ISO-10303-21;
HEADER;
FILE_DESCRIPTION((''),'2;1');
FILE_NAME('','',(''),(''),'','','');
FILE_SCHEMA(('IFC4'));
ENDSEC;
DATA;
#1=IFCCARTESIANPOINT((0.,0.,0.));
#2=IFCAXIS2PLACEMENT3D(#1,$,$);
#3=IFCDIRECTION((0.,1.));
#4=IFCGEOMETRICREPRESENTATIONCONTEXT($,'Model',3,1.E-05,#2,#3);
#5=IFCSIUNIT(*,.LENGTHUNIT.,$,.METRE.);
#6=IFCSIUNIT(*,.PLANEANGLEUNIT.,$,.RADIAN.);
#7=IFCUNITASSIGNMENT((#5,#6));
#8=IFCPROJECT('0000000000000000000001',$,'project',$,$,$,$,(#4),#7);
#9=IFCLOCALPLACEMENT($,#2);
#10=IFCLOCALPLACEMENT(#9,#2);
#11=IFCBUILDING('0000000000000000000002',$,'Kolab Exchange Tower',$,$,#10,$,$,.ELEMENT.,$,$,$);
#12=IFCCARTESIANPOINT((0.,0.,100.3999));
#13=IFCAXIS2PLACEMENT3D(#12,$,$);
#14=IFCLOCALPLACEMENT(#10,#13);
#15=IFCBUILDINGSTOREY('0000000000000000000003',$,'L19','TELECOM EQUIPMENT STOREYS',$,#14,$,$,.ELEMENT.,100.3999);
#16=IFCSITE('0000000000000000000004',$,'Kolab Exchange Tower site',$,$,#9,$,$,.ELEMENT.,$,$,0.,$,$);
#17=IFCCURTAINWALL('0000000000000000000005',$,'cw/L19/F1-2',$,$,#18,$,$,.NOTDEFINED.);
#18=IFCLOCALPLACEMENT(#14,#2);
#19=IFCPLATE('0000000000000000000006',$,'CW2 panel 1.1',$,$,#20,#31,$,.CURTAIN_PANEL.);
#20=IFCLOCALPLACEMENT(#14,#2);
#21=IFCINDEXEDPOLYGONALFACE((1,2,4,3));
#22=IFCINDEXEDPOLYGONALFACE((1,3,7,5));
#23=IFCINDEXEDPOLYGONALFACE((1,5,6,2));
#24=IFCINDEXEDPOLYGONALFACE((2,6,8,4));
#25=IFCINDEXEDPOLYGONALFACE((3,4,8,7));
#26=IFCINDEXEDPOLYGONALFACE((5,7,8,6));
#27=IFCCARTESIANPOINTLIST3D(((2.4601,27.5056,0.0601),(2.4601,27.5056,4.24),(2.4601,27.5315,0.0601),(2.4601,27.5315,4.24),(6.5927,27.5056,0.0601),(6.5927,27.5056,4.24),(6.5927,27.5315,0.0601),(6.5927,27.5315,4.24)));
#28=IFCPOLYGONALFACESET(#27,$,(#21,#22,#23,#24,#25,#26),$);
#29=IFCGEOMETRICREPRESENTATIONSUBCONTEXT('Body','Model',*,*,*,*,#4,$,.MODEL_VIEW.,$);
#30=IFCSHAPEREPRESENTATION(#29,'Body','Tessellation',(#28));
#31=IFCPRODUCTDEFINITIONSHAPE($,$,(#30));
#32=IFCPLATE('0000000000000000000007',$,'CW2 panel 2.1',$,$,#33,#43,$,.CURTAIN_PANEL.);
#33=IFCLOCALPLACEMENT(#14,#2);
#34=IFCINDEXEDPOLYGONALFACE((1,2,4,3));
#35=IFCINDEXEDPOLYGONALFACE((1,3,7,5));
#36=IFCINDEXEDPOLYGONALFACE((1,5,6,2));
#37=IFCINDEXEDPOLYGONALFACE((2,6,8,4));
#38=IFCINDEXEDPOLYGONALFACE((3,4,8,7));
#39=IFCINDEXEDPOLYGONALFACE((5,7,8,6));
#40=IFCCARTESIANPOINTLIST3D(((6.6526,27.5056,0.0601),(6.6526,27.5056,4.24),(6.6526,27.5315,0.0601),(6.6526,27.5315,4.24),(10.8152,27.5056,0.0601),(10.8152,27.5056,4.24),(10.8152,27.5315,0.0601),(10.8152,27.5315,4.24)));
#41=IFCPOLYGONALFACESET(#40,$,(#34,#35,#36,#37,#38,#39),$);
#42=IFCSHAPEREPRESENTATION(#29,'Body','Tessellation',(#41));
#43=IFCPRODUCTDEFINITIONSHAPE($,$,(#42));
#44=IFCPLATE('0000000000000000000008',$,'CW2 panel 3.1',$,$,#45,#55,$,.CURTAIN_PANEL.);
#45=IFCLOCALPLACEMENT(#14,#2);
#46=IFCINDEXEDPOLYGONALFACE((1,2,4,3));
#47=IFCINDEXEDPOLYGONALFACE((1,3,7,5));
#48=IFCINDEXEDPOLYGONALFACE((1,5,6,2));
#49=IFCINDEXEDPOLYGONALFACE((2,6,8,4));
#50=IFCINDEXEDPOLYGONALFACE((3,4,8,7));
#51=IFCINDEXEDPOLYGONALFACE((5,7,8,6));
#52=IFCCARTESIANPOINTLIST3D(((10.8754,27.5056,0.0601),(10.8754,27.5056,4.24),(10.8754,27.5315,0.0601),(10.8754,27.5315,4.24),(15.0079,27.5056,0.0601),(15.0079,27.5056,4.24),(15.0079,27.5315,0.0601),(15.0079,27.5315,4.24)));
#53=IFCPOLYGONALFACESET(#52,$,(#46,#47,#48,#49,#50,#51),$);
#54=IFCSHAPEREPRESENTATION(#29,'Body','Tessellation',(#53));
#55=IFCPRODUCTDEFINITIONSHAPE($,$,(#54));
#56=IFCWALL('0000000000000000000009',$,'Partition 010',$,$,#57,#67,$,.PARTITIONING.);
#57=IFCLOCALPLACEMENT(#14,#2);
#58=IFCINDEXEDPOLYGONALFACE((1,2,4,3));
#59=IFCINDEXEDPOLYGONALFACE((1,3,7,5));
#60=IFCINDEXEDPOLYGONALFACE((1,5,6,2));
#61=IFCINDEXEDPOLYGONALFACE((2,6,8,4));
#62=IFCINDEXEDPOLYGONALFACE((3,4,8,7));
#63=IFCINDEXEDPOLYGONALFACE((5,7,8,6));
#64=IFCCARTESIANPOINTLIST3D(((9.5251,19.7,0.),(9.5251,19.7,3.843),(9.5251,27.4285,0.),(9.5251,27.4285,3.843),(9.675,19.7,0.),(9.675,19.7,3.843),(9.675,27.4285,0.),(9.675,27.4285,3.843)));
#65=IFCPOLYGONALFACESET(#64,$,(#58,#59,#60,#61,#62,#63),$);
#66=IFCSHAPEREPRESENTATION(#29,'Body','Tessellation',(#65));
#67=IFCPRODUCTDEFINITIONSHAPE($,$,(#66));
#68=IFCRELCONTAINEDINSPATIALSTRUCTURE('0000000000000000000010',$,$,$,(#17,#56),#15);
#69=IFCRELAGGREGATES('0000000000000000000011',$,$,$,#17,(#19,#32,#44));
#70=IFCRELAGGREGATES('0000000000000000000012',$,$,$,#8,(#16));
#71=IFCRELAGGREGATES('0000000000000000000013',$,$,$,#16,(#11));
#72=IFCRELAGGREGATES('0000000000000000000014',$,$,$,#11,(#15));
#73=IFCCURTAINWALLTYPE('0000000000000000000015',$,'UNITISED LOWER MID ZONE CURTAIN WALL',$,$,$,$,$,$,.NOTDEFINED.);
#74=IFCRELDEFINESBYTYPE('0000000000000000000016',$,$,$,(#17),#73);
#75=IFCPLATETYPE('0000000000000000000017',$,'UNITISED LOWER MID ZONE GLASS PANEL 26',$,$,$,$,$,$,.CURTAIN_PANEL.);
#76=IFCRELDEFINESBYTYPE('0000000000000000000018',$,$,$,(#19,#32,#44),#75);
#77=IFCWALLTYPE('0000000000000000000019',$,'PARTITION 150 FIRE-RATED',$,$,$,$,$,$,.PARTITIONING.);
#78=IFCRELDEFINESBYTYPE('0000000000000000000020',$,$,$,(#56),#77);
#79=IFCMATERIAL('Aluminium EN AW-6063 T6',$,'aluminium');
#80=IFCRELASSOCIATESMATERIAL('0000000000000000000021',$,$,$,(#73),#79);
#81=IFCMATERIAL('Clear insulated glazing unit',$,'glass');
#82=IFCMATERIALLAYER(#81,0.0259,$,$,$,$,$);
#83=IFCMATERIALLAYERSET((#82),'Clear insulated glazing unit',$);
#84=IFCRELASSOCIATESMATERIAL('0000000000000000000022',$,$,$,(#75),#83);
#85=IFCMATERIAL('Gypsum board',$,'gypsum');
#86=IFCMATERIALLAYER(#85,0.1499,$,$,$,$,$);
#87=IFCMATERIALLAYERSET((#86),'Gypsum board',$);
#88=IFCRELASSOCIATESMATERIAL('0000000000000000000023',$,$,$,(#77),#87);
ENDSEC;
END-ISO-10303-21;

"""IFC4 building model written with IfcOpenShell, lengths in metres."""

from ifc_helpers import new_model, si_unit, direction, frame, frame_2d, origin, origin_2d, place, context, subcontext, project, spatial, rectangle, extrude, material, layer, layer_set, type_object, element, aggregate, save


model = new_model("IFC4")

# Units and contexts
model_context = context("Model", 3, precision=1e-05, world=origin(), true_north=direction((0.0, 1.0)))
body_context = subcontext(model_context, "Body", "Model", "MODEL_VIEW")
ifc_project = project(units=[si_unit("LENGTHUNIT", "METRE"), si_unit("PLANEANGLEUNIT", "RADIAN")], contexts=[model_context])

# Site, building, storey
site_placement = place(None, origin())
site = spatial("IfcSite", under=ifc_project, at=site_placement, Name="Kolab Exchange Tower site", CompositionType="ELEMENT", RefElevation=0.0)
building_placement = place(site_placement, origin())
building = spatial("IfcBuilding", under=site, at=building_placement, Name="Kolab Exchange Tower", CompositionType="ELEMENT")
storey_placement = place(building_placement, frame((0.0, 0.0, 100.3999)))
storey = spatial("IfcBuildingStorey", under=building, at=storey_placement, Name="L19", Description="TELECOM EQUIPMENT STOREYS", CompositionType="ELEMENT", Elevation=100.3999)

# Curtain wall, plates
ifc_material_1 = material(Name="Aluminium EN AW-6063 T6", Category="aluminium")
curtain_wall_type = type_object("IfcCurtainWallType", Name="UNITISED LOWER MID ZONE CURTAIN WALL", PredefinedType="NOTDEFINED", material=ifc_material_1)
curtain_wall_placement = place(storey_placement, origin())
curtain_wall = element("IfcCurtainWall", 1, at=curtain_wall_placement, inside=storey, type_object=curtain_wall_type, Name="cw/L19/F1-2", PredefinedType="NOTDEFINED")
ifc_material_2 = material(Name="Clear insulated glazing unit", Category="glass")
ifc_layer_1 = layer(ifc_material_2, 0.0259)
ifc_layer_set_1 = layer_set([ifc_layer_1], Name="Clear insulated glazing unit")
plate_type = type_object("IfcPlateType", Name="UNITISED LOWER MID ZONE GLASS PANEL 26", PredefinedType="CURTAIN_PANEL", material=ifc_layer_set_1)
plate_1_placement = place(storey_placement, frame((4.5264, 27.5186, 0.0601), z_axis=(0.0, 0.0, 1.0), x_axis=(1.0, 0.0, 0.0)))
plate_1 = element("IfcPlate", 2, at=plate_1_placement, type_object=plate_type, Name="CW2 panel 1.1", PredefinedType="CURTAIN_PANEL", context=body_context, shape_type="SweptSolid", body=[
    extrude(rectangle(XDim=4.1326, YDim=0.0259, at=origin_2d()), origin(), (0.0, 0.0, 1.0), 4.1799),
])
plate_2_placement = place(storey_placement, frame((8.7339, 27.5186, 0.0601), z_axis=(0.0, 0.0, 1.0), x_axis=(1.0, 0.0, 0.0)))
plate_2 = element("IfcPlate", 3, at=plate_2_placement, type_object=plate_type, Name="CW2 panel 2.1", PredefinedType="CURTAIN_PANEL", context=body_context, shape_type="SweptSolid", body=[
    extrude(rectangle(XDim=4.1626, YDim=0.0259, at=origin_2d()), origin(), (0.0, 0.0, 1.0), 4.1799),
])
plate_3_placement = place(storey_placement, frame((12.9417, 27.5186, 0.0601), z_axis=(0.0, 0.0, 1.0), x_axis=(1.0, 0.0, 0.0)))
plate_3 = element("IfcPlate", 4, at=plate_3_placement, type_object=plate_type, Name="CW2 panel 3.1", PredefinedType="CURTAIN_PANEL", context=body_context, shape_type="SweptSolid", body=[
    extrude(rectangle(XDim=4.1326, YDim=0.0259, at=origin_2d()), origin(), (0.0, 0.0, 1.0), 4.1799),
])
aggregate(curtain_wall, [plate_1, plate_2, plate_3])

# Wall
ifc_material_3 = material(Name="Gypsum board", Category="gypsum")
ifc_layer_2 = layer(ifc_material_3, 0.1499)
ifc_layer_set_2 = layer_set([ifc_layer_2], Name="Gypsum board")
wall_type = type_object("IfcWallType", Name="PARTITION 150 FIRE-RATED", PredefinedType="PARTITIONING", material=ifc_layer_set_2)
wall_placement = place(storey_placement, frame((9.6001, 19.7, 0.0), z_axis=(0.0, 0.0, 1.0), x_axis=(0.0, 1.0, 0.0)))
element("IfcWall", 5, at=wall_placement, inside=storey, type_object=wall_type, Name="Partition 010", PredefinedType="PARTITIONING", context=body_context, shape_type="SweptSolid", body=[
    extrude(rectangle(XDim=7.7285, YDim=0.1499, at=frame_2d((3.8643, 0.0))), origin(), (0.0, 0.0, 1.0), 3.843),
])

save(model, "model.ifc")
